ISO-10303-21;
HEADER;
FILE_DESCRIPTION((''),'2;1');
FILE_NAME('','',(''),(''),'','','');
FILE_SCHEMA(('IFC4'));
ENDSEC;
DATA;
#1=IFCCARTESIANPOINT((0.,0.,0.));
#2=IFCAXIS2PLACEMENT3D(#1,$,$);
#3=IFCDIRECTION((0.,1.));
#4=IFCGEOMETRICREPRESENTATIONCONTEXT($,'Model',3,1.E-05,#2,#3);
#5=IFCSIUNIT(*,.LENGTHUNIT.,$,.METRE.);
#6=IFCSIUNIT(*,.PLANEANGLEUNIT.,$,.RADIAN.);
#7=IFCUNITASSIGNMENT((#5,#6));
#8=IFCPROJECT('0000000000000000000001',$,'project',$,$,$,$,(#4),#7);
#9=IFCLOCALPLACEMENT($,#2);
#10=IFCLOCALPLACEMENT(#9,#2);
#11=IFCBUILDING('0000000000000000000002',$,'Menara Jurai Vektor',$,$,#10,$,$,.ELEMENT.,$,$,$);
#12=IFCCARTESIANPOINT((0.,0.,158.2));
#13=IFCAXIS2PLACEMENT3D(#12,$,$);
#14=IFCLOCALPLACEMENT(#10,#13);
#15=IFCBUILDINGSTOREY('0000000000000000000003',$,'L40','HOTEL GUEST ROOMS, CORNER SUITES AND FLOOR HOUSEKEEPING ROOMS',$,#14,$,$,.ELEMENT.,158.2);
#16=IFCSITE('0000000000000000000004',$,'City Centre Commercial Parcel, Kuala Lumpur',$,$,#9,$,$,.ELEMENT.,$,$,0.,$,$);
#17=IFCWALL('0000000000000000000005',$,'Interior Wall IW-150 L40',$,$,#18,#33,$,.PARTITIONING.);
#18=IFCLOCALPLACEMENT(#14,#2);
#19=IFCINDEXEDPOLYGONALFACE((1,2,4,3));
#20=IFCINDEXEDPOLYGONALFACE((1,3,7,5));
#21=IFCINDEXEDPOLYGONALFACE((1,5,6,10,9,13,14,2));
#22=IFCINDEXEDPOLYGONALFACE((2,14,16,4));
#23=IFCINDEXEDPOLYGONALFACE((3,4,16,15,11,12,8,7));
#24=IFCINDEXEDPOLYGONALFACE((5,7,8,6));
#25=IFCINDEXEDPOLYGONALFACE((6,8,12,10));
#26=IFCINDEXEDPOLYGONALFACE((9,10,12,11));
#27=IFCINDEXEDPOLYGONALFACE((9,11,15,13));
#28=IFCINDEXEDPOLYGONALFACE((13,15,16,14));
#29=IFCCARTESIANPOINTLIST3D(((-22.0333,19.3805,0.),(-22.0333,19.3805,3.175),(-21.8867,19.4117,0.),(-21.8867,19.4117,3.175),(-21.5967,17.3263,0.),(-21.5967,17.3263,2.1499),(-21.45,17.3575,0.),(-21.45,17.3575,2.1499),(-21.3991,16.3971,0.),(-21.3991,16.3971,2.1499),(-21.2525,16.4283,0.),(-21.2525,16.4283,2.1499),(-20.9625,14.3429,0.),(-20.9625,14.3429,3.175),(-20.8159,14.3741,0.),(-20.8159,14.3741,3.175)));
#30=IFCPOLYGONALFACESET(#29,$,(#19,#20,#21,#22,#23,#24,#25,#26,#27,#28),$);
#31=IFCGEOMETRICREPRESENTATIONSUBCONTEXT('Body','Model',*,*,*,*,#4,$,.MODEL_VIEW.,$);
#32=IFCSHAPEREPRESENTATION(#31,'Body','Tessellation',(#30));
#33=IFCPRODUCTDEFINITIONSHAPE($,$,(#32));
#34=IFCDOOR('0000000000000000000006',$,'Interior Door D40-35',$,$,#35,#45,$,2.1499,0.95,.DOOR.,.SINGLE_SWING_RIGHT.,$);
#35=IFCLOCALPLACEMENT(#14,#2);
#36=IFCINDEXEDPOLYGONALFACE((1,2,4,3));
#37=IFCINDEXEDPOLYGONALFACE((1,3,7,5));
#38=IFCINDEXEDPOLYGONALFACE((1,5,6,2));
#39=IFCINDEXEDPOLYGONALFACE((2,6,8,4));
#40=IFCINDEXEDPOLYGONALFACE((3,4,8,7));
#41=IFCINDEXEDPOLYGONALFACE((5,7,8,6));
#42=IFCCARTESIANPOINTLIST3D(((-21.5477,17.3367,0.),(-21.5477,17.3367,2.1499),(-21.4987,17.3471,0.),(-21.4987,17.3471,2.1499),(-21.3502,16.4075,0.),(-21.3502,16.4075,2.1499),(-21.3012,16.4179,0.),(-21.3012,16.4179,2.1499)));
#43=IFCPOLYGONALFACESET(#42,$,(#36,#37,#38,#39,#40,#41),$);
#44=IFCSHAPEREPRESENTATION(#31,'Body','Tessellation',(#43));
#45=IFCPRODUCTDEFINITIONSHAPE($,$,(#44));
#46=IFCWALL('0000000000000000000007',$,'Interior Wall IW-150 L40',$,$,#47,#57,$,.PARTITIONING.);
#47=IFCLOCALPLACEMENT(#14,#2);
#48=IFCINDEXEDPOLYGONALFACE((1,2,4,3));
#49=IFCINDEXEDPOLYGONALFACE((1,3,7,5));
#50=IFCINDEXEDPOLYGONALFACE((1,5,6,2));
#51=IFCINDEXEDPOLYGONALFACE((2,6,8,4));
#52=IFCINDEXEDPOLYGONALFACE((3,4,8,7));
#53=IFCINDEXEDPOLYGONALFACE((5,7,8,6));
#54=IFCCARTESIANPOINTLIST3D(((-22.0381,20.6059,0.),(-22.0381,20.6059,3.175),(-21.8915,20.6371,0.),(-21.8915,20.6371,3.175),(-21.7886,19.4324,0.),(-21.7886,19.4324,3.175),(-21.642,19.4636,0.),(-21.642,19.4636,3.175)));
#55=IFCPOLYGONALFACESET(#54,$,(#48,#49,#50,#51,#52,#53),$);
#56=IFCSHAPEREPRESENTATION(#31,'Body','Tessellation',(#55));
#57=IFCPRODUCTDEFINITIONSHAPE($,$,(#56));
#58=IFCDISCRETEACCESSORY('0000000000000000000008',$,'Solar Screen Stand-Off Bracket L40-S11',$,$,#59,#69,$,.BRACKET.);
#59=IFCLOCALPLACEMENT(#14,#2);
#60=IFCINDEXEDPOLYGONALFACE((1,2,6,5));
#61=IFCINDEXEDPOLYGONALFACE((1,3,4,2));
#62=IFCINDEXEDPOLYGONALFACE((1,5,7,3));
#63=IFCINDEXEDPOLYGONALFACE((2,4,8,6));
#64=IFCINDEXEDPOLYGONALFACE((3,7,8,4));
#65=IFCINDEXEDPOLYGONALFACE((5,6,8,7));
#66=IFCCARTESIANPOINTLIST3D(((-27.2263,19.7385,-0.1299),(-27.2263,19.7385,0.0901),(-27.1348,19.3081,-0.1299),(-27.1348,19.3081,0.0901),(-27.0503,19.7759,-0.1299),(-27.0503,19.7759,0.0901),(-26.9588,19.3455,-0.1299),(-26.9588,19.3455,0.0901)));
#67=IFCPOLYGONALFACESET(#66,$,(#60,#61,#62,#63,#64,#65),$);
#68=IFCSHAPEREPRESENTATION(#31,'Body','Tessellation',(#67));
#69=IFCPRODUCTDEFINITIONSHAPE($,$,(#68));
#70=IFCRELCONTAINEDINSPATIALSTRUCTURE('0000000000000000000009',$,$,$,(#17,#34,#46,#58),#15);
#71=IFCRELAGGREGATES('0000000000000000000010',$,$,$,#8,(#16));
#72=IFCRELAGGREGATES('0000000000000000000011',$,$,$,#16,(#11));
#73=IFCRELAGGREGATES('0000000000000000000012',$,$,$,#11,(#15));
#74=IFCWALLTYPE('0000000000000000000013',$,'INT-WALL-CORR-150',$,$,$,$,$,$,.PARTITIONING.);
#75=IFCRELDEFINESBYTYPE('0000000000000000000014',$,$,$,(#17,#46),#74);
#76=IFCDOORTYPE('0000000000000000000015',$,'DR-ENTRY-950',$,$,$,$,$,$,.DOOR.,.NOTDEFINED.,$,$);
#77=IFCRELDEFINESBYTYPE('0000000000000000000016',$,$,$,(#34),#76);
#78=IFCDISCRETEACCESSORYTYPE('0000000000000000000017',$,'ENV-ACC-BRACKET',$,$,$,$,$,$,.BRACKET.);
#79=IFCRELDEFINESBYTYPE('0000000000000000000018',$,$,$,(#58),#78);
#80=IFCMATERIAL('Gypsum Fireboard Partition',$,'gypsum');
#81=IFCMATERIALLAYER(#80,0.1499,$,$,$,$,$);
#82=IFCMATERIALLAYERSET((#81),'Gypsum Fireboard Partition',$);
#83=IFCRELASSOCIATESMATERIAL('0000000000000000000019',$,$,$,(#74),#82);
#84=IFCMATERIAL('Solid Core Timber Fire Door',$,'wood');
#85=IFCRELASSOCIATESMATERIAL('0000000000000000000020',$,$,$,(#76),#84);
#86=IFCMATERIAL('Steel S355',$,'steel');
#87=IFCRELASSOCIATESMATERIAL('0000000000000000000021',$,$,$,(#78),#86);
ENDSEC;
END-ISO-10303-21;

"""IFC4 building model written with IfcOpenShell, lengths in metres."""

from ifc_helpers import new_model, si_unit, direction, frame, frame_2d, origin, origin_2d, place, context, subcontext, project, spatial, rectangle, extrude, material, layer, layer_set, type_object, element, fill, save


model = new_model("IFC4")

# Units and contexts
model_context = context("Model", 3, precision=1e-05, world=origin(), true_north=direction((0.0, 1.0)))
body_context = subcontext(model_context, "Body", "Model", "MODEL_VIEW")
ifc_project = project(units=[si_unit("LENGTHUNIT", "METRE"), si_unit("PLANEANGLEUNIT", "RADIAN")], contexts=[model_context])

# Site, building, storey
site_placement = place(None, origin())
site = spatial("IfcSite", under=ifc_project, at=site_placement, Name="City Centre Commercial Parcel, Kuala Lumpur", CompositionType="ELEMENT", RefElevation=0.0)
building_placement = place(site_placement, origin())
building = spatial("IfcBuilding", under=site, at=building_placement, Name="Menara Jurai Vektor", CompositionType="ELEMENT")
storey_placement = place(building_placement, frame((0.0, 0.0, 158.2)))
storey = spatial("IfcBuildingStorey", under=building, at=storey_placement, Name="L40", Description="HOTEL GUEST ROOMS, CORNER SUITES AND FLOOR HOUSEKEEPING ROOMS", CompositionType="ELEMENT", Elevation=158.2)

# Shared definitions
ifc_material_1 = material(Name="Steel S355", Category="steel")

# Shared definitions
ifc_material_2 = material(Name="Gypsum Fireboard Partition", Category="gypsum")
ifc_layer_1 = layer(ifc_material_2, 0.1499)
ifc_layer_set_1 = layer_set([ifc_layer_1], Name="Gypsum Fireboard Partition")
wall_type = type_object("IfcWallType", Name="INT-WALL-CORR-150", PredefinedType="PARTITIONING", material=ifc_layer_set_1)

# Wall, opening, door
wall_1_placement = place(storey_placement, frame((-20.8892, 14.3584, 0.0), z_axis=(0.0, 0.0, 1.0), x_axis=(-0.207917, 0.978147, 0.0)))
wall_1 = element("IfcWall", 1, at=wall_1_placement, inside=storey, type_object=wall_type, Name="Interior Wall IW-150 L40", PredefinedType="PARTITIONING", context=body_context, shape_type="SweptSolid", body=[
    extrude(rectangle(XDim=5.1501, YDim=0.1499, at=frame_2d((2.5752, 0.0))), origin(), (0.0, 0.0, 1.0), 3.175),
])
opening_placement = place(wall_1_placement, frame((2.1001, 0.0, 0.0)))
opening = element("IfcOpeningElement", 2, at=opening_placement, cuts=wall_1, PredefinedType="OPENING", context=body_context, shape_type="SweptSolid", body=[
    extrude(rectangle(XDim=0.95, YDim=2.1499, at=frame_2d((0.4751, 1.075))), frame((0.0, 0.085, 0.0), z_axis=(0.0, -1.0, 0.0), x_axis=(1.0, 0.0, 0.0)), (0.0, 0.0, 1.0), 0.1699),
])
ifc_material_3 = material(Name="Solid Core Timber Fire Door", Category="wood")
door_type = type_object("IfcDoorType", Name="DR-ENTRY-950", OperationType="NOTDEFINED", PredefinedType="DOOR", material=ifc_material_3)
door_placement = place(opening_placement, origin())
door = element("IfcDoor", 3, at=door_placement, inside=storey, type_object=door_type, Name="Interior Door D40-35", OperationType="SINGLE_SWING_RIGHT", OverallHeight=2.1499, OverallWidth=0.95, PredefinedType="DOOR", context=body_context, shape_type="SweptSolid", body=[
    extrude(rectangle(XDim=0.95, YDim=2.1499, at=frame_2d((0.4751, 1.075))), frame((0.0, 0.0249, 0.0), z_axis=(0.0, -1.0, 0.0), x_axis=(1.0, 0.0, 0.0)), (0.0, 0.0, 1.0), 0.05),
])
fill(opening, door)

# Wall
wall_2_placement = place(storey_placement, frame((-21.7153, 19.448, 0.0), z_axis=(0.0, 0.0, 1.0), x_axis=(-0.207959, 0.978138, 0.0)))
element("IfcWall", 4, at=wall_2_placement, inside=storey, type_object=wall_type, Name="Interior Wall IW-150 L40", PredefinedType="PARTITIONING", context=body_context, shape_type="SweptSolid", body=[
    extrude(rectangle(XDim=1.1997, YDim=0.1499, at=frame_2d((0.5999, 0.0))), origin(), (0.0, 0.0, 1.0), 3.175),
])

# Discrete accessory
discrete_accessory_type = type_object("IfcDiscreteAccessoryType", Name="ENV-ACC-BRACKET", PredefinedType="BRACKET", material=ifc_material_1)
discrete_accessory_placement = place(storey_placement, frame((-27.0925, 19.542, -0.1299), z_axis=(0.0, 0.0, 1.0), x_axis=(-0.978148, -0.207912, 0.0)))
element("IfcDiscreteAccessory", 5, at=discrete_accessory_placement, inside=storey, type_object=discrete_accessory_type, Name="Solar Screen Stand-Off Bracket L40-S11", PredefinedType="BRACKET", context=body_context, shape_type="SweptSolid", body=[
    extrude(rectangle(XDim=0.1799, YDim=0.4399, at=origin_2d()), origin(), (0.0, 0.0, 1.0), 0.22),
])

save(model, "model.ifc")
